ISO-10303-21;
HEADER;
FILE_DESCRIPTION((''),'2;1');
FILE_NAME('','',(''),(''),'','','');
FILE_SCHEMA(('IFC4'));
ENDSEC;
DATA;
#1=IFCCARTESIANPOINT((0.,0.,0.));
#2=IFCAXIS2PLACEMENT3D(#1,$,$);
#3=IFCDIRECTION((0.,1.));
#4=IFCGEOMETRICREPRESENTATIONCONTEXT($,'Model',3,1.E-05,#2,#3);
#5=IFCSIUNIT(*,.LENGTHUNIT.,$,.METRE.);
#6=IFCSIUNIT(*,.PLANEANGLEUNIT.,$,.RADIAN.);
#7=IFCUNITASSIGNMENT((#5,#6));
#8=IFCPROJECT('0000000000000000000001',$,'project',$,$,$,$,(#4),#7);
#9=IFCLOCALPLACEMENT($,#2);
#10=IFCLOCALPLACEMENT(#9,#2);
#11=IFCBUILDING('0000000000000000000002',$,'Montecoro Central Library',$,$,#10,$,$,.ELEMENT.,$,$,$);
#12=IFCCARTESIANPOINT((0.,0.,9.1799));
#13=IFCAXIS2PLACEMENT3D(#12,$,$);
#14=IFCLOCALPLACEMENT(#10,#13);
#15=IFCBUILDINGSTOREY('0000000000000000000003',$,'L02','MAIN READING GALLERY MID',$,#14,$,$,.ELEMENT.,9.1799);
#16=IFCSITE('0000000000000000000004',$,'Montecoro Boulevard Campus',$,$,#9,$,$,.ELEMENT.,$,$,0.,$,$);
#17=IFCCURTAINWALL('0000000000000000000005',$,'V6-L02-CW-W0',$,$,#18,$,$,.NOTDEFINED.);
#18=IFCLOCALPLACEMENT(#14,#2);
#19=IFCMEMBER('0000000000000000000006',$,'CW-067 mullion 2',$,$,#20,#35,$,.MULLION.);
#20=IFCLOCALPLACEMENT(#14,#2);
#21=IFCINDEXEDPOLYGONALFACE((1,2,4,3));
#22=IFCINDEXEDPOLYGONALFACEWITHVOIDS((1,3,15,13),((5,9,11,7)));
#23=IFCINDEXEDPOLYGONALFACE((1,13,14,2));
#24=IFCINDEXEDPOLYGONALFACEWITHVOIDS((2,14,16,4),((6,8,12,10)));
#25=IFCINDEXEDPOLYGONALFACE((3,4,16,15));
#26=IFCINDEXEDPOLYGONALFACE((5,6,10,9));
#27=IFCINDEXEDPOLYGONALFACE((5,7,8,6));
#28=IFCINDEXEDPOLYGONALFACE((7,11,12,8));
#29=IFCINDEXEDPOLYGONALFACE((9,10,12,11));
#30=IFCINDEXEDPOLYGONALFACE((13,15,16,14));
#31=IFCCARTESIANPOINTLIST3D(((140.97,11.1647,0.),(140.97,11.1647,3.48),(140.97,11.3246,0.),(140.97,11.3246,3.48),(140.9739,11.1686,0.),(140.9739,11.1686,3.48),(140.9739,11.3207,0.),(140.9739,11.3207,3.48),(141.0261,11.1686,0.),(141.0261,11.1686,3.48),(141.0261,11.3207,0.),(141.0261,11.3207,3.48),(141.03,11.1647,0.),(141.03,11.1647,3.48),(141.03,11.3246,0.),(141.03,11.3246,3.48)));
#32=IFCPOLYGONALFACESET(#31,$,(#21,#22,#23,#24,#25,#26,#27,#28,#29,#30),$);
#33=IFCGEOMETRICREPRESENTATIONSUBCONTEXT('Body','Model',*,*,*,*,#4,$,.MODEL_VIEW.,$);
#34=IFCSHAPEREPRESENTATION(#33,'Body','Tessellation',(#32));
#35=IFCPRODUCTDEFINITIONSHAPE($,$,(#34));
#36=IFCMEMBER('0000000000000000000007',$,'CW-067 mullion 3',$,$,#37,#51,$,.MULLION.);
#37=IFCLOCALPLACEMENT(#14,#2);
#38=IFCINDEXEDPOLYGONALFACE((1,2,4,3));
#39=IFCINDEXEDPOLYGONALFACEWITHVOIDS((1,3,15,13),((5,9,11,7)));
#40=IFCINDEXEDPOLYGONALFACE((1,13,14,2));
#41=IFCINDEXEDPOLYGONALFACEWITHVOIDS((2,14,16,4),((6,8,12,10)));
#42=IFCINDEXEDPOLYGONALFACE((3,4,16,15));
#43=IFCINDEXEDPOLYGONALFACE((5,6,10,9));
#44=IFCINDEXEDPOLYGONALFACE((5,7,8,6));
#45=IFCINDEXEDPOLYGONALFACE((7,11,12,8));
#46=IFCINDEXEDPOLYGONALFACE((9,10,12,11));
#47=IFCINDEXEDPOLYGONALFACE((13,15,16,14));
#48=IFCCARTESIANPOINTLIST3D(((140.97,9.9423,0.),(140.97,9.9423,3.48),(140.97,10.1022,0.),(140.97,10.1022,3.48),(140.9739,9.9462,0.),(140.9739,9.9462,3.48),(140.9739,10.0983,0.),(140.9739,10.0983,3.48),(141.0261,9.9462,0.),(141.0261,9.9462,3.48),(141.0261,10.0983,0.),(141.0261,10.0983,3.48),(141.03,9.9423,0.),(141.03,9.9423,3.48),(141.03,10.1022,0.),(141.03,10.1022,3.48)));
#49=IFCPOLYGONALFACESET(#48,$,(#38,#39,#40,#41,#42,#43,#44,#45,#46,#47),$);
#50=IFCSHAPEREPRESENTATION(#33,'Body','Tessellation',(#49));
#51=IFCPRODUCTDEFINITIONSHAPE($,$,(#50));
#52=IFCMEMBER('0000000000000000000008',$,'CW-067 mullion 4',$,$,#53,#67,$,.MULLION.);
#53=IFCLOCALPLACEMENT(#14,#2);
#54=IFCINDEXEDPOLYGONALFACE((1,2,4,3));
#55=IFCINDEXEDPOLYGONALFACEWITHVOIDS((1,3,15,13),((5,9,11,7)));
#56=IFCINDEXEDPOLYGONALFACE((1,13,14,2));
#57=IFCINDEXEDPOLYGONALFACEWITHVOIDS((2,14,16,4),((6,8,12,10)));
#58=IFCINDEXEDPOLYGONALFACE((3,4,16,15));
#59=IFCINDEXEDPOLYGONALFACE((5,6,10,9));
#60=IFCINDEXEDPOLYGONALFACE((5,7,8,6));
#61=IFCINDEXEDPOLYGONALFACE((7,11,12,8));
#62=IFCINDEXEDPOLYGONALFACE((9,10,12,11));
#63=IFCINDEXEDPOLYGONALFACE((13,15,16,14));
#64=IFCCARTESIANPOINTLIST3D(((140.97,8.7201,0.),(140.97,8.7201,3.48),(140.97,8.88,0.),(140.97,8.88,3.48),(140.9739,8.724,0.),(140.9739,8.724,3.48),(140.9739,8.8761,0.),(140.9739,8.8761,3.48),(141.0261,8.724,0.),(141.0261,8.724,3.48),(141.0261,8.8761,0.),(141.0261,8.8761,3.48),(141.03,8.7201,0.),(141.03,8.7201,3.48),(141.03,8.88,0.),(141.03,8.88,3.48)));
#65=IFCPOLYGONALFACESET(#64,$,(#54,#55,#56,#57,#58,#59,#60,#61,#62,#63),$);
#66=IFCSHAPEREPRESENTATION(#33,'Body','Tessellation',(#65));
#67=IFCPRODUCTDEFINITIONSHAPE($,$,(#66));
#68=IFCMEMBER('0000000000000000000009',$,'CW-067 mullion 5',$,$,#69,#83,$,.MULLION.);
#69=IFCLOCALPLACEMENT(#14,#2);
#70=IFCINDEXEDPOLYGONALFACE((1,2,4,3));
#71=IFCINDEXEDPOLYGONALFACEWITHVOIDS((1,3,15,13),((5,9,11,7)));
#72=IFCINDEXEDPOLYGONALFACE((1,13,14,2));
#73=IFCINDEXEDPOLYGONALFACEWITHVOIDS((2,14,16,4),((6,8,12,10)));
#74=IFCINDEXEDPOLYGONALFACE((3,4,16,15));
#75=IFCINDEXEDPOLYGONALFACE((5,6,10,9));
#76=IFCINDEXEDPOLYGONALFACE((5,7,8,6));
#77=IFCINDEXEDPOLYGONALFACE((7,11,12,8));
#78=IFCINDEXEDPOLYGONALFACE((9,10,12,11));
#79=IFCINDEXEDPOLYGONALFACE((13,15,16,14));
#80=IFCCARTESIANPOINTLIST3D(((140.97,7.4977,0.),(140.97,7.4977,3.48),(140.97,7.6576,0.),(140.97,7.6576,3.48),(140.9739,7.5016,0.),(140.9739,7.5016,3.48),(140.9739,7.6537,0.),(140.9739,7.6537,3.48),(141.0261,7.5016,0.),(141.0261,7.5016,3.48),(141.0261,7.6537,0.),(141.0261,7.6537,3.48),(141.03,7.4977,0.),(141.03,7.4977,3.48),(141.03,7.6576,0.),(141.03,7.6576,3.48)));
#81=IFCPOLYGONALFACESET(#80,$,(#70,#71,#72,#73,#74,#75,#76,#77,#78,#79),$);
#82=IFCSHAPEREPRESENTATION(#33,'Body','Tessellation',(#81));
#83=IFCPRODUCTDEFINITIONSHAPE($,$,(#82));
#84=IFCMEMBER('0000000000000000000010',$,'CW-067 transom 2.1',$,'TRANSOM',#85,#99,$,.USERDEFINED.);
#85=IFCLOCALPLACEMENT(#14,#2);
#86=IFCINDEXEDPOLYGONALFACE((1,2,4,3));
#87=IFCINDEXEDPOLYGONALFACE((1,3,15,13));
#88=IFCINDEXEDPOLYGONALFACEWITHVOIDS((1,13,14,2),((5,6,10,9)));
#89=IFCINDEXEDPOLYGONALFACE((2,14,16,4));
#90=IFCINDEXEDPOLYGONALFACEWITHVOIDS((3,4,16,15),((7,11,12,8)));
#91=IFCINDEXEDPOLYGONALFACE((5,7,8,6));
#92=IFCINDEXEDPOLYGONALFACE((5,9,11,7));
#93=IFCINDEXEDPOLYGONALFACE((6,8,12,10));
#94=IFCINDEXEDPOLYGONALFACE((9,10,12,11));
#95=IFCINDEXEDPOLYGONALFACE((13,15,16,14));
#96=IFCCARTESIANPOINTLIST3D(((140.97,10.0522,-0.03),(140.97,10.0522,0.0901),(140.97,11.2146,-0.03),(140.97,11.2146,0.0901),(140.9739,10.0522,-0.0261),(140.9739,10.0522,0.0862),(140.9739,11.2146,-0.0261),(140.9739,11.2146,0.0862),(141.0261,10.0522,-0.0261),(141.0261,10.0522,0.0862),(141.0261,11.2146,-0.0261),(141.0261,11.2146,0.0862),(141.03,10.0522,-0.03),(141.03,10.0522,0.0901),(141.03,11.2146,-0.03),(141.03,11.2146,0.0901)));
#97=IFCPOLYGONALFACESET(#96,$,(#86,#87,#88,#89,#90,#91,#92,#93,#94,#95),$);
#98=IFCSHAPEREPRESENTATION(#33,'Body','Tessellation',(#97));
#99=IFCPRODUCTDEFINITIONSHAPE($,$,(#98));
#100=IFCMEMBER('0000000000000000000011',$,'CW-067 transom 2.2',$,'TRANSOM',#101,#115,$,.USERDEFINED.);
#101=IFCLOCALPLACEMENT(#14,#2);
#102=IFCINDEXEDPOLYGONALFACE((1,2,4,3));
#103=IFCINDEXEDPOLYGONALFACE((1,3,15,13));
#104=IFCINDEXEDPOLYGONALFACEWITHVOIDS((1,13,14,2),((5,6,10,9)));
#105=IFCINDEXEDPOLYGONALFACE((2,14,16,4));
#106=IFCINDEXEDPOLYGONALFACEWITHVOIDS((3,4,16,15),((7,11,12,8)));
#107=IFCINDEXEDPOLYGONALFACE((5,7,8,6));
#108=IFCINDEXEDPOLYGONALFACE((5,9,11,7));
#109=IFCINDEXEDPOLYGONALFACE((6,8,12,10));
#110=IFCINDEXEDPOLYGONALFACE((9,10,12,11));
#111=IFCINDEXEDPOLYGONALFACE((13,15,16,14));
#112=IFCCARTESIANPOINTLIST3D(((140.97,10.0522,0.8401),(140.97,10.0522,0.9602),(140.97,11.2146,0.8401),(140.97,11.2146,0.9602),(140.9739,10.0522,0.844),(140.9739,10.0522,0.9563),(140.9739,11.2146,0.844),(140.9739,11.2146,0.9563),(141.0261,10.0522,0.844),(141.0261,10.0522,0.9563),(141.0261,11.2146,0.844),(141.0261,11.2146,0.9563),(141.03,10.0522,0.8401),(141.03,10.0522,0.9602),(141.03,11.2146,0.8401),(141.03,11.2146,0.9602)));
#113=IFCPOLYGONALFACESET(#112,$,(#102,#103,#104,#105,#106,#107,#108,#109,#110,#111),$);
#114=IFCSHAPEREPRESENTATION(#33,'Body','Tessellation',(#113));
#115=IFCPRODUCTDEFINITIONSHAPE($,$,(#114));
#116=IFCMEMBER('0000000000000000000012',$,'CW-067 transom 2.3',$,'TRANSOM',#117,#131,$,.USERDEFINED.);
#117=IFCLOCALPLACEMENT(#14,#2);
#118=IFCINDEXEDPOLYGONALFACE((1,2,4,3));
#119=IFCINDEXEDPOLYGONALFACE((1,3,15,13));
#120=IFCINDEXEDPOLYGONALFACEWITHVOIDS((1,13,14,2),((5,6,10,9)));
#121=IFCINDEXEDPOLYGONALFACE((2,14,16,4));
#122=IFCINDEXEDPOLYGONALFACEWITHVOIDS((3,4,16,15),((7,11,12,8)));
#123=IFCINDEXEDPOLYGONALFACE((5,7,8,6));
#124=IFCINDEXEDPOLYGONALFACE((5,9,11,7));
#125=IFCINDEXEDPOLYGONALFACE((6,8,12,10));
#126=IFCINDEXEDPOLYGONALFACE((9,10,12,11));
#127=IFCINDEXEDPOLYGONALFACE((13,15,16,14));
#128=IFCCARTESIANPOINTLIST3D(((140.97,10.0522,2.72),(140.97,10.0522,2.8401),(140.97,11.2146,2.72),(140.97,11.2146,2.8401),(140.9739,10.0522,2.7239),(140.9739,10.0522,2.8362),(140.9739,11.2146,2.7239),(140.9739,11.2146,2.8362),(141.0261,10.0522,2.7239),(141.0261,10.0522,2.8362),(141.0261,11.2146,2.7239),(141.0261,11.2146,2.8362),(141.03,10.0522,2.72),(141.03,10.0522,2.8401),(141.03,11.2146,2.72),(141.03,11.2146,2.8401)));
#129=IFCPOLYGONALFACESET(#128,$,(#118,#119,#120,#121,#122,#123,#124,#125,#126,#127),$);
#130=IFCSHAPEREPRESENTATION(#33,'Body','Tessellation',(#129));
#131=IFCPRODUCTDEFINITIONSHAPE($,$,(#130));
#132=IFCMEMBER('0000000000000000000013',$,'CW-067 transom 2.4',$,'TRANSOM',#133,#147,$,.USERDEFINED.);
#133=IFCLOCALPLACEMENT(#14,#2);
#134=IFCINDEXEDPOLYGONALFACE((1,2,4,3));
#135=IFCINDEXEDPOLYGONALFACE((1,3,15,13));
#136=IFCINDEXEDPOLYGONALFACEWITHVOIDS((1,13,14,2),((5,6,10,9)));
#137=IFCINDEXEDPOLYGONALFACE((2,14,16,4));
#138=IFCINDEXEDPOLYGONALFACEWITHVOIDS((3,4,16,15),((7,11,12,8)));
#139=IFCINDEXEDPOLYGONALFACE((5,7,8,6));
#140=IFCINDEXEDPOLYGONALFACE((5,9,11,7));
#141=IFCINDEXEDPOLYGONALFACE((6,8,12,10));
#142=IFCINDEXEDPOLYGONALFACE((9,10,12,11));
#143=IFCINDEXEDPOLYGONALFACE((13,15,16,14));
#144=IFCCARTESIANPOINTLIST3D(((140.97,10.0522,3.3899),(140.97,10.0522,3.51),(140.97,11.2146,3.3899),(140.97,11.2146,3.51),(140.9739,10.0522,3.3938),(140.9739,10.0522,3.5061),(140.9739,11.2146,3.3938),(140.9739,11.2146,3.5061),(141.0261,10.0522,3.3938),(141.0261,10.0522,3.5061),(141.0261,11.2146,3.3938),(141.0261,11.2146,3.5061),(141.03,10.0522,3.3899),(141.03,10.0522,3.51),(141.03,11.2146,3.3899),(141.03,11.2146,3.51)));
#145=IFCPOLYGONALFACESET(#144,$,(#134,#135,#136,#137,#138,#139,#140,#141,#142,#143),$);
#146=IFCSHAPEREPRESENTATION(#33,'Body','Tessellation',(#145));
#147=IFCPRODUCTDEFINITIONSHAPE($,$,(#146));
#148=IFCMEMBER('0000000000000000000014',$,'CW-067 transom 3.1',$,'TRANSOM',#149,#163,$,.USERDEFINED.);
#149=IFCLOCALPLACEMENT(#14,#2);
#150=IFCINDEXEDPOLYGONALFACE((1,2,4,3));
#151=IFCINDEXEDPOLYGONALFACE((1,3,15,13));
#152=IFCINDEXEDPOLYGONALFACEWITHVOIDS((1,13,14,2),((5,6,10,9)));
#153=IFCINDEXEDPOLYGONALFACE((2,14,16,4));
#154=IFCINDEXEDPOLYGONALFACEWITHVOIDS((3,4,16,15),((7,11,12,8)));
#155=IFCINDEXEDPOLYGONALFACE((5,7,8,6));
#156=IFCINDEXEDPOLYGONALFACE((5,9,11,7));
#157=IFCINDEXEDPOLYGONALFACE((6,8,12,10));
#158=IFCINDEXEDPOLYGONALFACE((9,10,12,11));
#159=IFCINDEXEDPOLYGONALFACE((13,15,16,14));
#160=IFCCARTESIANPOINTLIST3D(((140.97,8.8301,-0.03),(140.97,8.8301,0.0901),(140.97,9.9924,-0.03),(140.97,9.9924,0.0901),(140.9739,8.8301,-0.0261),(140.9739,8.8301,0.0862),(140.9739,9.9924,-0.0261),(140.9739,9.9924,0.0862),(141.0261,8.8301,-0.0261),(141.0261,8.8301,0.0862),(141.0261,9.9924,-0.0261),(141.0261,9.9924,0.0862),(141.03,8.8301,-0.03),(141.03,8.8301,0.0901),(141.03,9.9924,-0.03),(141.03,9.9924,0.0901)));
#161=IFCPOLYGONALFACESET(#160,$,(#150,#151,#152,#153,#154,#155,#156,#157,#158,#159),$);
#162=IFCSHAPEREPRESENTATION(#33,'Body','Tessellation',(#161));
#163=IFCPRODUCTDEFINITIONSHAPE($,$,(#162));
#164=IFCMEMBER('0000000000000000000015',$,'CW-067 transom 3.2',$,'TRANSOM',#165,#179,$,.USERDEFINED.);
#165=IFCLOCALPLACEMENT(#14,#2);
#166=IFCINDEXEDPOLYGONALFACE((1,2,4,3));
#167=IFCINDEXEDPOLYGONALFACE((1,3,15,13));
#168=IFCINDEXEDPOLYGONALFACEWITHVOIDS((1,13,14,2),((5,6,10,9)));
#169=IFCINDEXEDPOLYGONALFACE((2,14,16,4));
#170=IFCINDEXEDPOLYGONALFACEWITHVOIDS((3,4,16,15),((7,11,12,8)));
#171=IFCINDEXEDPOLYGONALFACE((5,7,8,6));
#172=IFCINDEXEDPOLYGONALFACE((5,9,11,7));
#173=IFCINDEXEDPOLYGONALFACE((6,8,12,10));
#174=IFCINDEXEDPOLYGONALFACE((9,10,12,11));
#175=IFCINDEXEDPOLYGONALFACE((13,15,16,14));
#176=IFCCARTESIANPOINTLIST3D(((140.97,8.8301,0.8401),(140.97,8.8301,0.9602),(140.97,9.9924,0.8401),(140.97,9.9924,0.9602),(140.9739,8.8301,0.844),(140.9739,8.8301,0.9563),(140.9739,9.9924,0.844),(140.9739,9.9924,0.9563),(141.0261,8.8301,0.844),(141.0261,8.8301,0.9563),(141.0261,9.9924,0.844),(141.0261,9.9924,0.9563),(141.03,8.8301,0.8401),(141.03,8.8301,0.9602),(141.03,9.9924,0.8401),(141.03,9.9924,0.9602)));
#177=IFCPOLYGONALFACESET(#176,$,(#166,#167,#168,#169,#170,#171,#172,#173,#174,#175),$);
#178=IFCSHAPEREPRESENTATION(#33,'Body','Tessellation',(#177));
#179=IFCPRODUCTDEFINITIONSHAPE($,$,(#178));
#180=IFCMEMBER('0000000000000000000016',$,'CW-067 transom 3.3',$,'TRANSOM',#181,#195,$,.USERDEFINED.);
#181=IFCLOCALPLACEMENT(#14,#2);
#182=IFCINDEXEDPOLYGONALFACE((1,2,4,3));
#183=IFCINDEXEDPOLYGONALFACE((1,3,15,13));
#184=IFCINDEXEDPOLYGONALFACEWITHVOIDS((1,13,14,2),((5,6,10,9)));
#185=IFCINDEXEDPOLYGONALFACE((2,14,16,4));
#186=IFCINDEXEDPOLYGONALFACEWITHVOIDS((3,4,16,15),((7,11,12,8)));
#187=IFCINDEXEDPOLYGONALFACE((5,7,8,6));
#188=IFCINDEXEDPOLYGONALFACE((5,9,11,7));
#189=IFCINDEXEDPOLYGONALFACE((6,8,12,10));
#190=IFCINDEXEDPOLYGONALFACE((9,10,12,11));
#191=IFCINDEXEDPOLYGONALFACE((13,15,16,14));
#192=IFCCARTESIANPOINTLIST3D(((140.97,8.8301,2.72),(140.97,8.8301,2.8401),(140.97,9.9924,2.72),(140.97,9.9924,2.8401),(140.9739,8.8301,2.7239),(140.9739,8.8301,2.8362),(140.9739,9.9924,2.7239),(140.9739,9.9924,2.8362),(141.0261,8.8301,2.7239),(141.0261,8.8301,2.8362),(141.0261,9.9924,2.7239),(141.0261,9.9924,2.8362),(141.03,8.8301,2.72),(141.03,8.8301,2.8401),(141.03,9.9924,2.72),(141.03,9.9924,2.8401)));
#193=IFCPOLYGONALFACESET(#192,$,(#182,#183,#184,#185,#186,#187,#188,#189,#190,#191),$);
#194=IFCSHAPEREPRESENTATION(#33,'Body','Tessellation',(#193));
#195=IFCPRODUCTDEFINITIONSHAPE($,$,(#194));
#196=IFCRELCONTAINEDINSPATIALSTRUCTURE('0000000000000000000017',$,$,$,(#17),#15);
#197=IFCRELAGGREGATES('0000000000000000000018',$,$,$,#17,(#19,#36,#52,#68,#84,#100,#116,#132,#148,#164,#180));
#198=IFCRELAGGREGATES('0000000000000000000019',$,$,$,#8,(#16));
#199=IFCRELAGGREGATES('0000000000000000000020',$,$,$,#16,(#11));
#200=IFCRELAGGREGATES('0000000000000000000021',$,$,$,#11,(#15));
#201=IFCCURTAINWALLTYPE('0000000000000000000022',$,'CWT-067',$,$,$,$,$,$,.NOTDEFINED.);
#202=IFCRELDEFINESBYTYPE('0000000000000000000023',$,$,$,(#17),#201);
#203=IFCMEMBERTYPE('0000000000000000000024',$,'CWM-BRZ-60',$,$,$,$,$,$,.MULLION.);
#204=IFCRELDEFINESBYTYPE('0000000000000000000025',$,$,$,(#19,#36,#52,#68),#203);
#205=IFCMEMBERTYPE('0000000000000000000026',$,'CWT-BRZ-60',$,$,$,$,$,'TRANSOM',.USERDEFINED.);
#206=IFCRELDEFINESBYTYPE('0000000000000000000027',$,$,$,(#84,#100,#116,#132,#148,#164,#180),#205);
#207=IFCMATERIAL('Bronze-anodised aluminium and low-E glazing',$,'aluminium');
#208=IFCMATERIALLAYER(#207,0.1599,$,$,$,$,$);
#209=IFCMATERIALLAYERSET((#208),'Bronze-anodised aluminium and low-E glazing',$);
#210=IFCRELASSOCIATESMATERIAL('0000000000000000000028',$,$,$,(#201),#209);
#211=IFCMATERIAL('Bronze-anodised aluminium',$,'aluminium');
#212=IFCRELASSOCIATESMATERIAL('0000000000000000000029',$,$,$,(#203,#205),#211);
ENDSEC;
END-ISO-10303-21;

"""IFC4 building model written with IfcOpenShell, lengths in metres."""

from ifc_helpers import new_model, si_unit, direction, frame, origin, origin_2d, place, context, subcontext, project, spatial, hollow_rectangle, extrude, material, layer, layer_set, material_profile, profile_set, type_object, element, aggregate, save


model = new_model("IFC4")

# Units and contexts
model_context = context("Model", 3, precision=1e-05, world=origin(), true_north=direction((0.0, 1.0)))
body_context = subcontext(model_context, "Body", "Model", "MODEL_VIEW")
ifc_project = project(units=[si_unit("LENGTHUNIT", "METRE"), si_unit("PLANEANGLEUNIT", "RADIAN")], contexts=[model_context])

# Site, building, storey
site_placement = place(None, origin())
site = spatial("IfcSite", under=ifc_project, at=site_placement, Name="Montecoro Boulevard Campus", CompositionType="ELEMENT", RefElevation=0.0)
building_placement = place(site_placement, origin())
building = spatial("IfcBuilding", under=site, at=building_placement, Name="Montecoro Central Library", CompositionType="ELEMENT")
storey_placement = place(building_placement, frame((0.0, 0.0, 9.1799)))
storey = spatial("IfcBuildingStorey", under=building, at=storey_placement, Name="L02", Description="MAIN READING GALLERY MID", CompositionType="ELEMENT", Elevation=9.1799)

# Curtain wall, members
ifc_material_1 = material(Name="Bronze-anodised aluminium and low-E glazing", Category="aluminium")
ifc_layer_1 = layer(ifc_material_1, 0.1599)
ifc_layer_set_1 = layer_set([ifc_layer_1], Name="Bronze-anodised aluminium and low-E glazing")
curtain_wall_type = type_object("IfcCurtainWallType", Name="CWT-067", PredefinedType="NOTDEFINED", material=ifc_layer_set_1)
curtain_wall_placement = place(storey_placement, origin())
curtain_wall = element("IfcCurtainWall", 1, at=curtain_wall_placement, inside=storey, type_object=curtain_wall_type, Name="V6-L02-CW-W0", PredefinedType="NOTDEFINED")
ifc_material_2 = material(Name="Bronze-anodised aluminium", Category="aluminium")
ifc_material_profile_1 = material_profile(ifc_material_2, hollow_rectangle(XDim=0.0601, YDim=0.1599, WallThickness=0.0039, at=origin_2d()), Name="CWM 160x60x4.0")
ifc_profile_set_1 = profile_set([ifc_material_profile_1], Name="Bronze-anodised aluminium")
member_type_1 = type_object("IfcMemberType", Name="CWM-BRZ-60", PredefinedType="MULLION", material=ifc_profile_set_1)
member_1_placement = place(storey_placement, frame((141.0, 11.2446, 0.0), z_axis=(0.0, 0.0, 1.0), x_axis=(1.0, 0.0, 0.0)))
member_1 = element("IfcMember", 2, at=member_1_placement, type_object=member_type_1, Name="CW-067 mullion 2", PredefinedType="MULLION", context=body_context, shape_type="SweptSolid", body=[
    extrude(hollow_rectangle(XDim=0.0601, YDim=0.1599, WallThickness=0.0039, at=origin_2d()), origin(), (0.0, 0.0, 1.0), 3.48),
])
member_2_placement = place(storey_placement, frame((141.0, 10.0222, 0.0), z_axis=(0.0, 0.0, 1.0), x_axis=(1.0, 0.0, 0.0)))
member_2 = element("IfcMember", 3, at=member_2_placement, type_object=member_type_1, Name="CW-067 mullion 3", PredefinedType="MULLION", context=body_context, shape_type="SweptSolid", body=[
    extrude(hollow_rectangle(XDim=0.0601, YDim=0.1599, WallThickness=0.0039, at=origin_2d()), origin(), (0.0, 0.0, 1.0), 3.48),
])
member_3_placement = place(storey_placement, frame((141.0, 8.8, 0.0), z_axis=(0.0, 0.0, 1.0), x_axis=(1.0, 0.0, 0.0)))
member_3 = element("IfcMember", 4, at=member_3_placement, type_object=member_type_1, Name="CW-067 mullion 4", PredefinedType="MULLION", context=body_context, shape_type="SweptSolid", body=[
    extrude(hollow_rectangle(XDim=0.0601, YDim=0.1599, WallThickness=0.0039, at=origin_2d()), origin(), (0.0, 0.0, 1.0), 3.48),
])
member_4_placement = place(storey_placement, frame((141.0, 7.5776, 0.0), z_axis=(0.0, 0.0, 1.0), x_axis=(1.0, 0.0, 0.0)))
member_4 = element("IfcMember", 5, at=member_4_placement, type_object=member_type_1, Name="CW-067 mullion 5", PredefinedType="MULLION", context=body_context, shape_type="SweptSolid", body=[
    extrude(hollow_rectangle(XDim=0.0601, YDim=0.1599, WallThickness=0.0039, at=origin_2d()), origin(), (0.0, 0.0, 1.0), 3.48),
])
ifc_material_profile_2 = material_profile(ifc_material_2, hollow_rectangle(XDim=0.0601, YDim=0.1201, WallThickness=0.0039, at=origin_2d()), Name="CWT 120x60x4.0")
ifc_profile_set_2 = profile_set([ifc_material_profile_2], Name="Bronze-anodised aluminium")
member_type_2 = type_object("IfcMemberType", Name="CWT-BRZ-60", ElementType="TRANSOM", PredefinedType="USERDEFINED", material=ifc_profile_set_2)
member_5_placement = place(storey_placement, frame((141.0, 11.2146, 0.03), z_axis=(0.0, -1.0, 0.0), x_axis=(1.0, 0.0, 0.0)))
member_5 = element("IfcMember", 6, at=member_5_placement, type_object=member_type_2, Name="CW-067 transom 2.1", ObjectType="TRANSOM", PredefinedType="USERDEFINED", context=body_context, shape_type="SweptSolid", body=[
    extrude(hollow_rectangle(XDim=0.0601, YDim=0.1201, WallThickness=0.0039, at=origin_2d()), origin(), (0.0, 0.0, 1.0), 1.1624),
])
member_6_placement = place(storey_placement, frame((141.0, 11.2146, 0.9001), z_axis=(0.0, -1.0, 0.0), x_axis=(1.0, 0.0, 0.0)))
member_6 = element("IfcMember", 7, at=member_6_placement, type_object=member_type_2, Name="CW-067 transom 2.2", ObjectType="TRANSOM", PredefinedType="USERDEFINED", context=body_context, shape_type="SweptSolid", body=[
    extrude(hollow_rectangle(XDim=0.0601, YDim=0.1201, WallThickness=0.0039, at=origin_2d()), origin(), (0.0, 0.0, 1.0), 1.1624),
])
member_7_placement = place(storey_placement, frame((141.0, 11.2146, 2.78), z_axis=(0.0, -1.0, 0.0), x_axis=(1.0, 0.0, 0.0)))
member_7 = element("IfcMember", 8, at=member_7_placement, type_object=member_type_2, Name="CW-067 transom 2.3", ObjectType="TRANSOM", PredefinedType="USERDEFINED", context=body_context, shape_type="SweptSolid", body=[
    extrude(hollow_rectangle(XDim=0.0601, YDim=0.1201, WallThickness=0.0039, at=origin_2d()), origin(), (0.0, 0.0, 1.0), 1.1624),
])
member_8_placement = place(storey_placement, frame((141.0, 11.2146, 3.45), z_axis=(0.0, -1.0, 0.0), x_axis=(1.0, 0.0, 0.0)))
member_8 = element("IfcMember", 9, at=member_8_placement, type_object=member_type_2, Name="CW-067 transom 2.4", ObjectType="TRANSOM", PredefinedType="USERDEFINED", context=body_context, shape_type="SweptSolid", body=[
    extrude(hollow_rectangle(XDim=0.0601, YDim=0.1201, WallThickness=0.0039, at=origin_2d()), origin(), (0.0, 0.0, 1.0), 1.1624),
])
member_9_placement = place(storey_placement, frame((141.0, 9.9924, 0.03), z_axis=(0.0, -1.0, 0.0), x_axis=(1.0, 0.0, 0.0)))
member_9 = element("IfcMember", 10, at=member_9_placement, type_object=member_type_2, Name="CW-067 transom 3.1", ObjectType="TRANSOM", PredefinedType="USERDEFINED", context=body_context, shape_type="SweptSolid", body=[
    extrude(hollow_rectangle(XDim=0.0601, YDim=0.1201, WallThickness=0.0039, at=origin_2d()), origin(), (0.0, 0.0, 1.0), 1.1624),
])
member_10_placement = place(storey_placement, frame((141.0, 9.9924, 0.9001), z_axis=(0.0, -1.0, 0.0), x_axis=(1.0, 0.0, 0.0)))
member_10 = element("IfcMember", 11, at=member_10_placement, type_object=member_type_2, Name="CW-067 transom 3.2", ObjectType="TRANSOM", PredefinedType="USERDEFINED", context=body_context, shape_type="SweptSolid", body=[
    extrude(hollow_rectangle(XDim=0.0601, YDim=0.1201, WallThickness=0.0039, at=origin_2d()), origin(), (0.0, 0.0, 1.0), 1.1624),
])
member_11_placement = place(storey_placement, frame((141.0, 9.9924, 2.78), z_axis=(0.0, -1.0, 0.0), x_axis=(1.0, 0.0, 0.0)))
member_11 = element("IfcMember", 12, at=member_11_placement, type_object=member_type_2, Name="CW-067 transom 3.3", ObjectType="TRANSOM", PredefinedType="USERDEFINED", context=body_context, shape_type="SweptSolid", body=[
    extrude(hollow_rectangle(XDim=0.0601, YDim=0.1201, WallThickness=0.0039, at=origin_2d()), origin(), (0.0, 0.0, 1.0), 1.1624),
])
aggregate(curtain_wall, [member_1, member_2, member_3, member_4, member_5, member_6, member_7, member_8, member_9, member_10, member_11])

save(model, "model.ifc")
